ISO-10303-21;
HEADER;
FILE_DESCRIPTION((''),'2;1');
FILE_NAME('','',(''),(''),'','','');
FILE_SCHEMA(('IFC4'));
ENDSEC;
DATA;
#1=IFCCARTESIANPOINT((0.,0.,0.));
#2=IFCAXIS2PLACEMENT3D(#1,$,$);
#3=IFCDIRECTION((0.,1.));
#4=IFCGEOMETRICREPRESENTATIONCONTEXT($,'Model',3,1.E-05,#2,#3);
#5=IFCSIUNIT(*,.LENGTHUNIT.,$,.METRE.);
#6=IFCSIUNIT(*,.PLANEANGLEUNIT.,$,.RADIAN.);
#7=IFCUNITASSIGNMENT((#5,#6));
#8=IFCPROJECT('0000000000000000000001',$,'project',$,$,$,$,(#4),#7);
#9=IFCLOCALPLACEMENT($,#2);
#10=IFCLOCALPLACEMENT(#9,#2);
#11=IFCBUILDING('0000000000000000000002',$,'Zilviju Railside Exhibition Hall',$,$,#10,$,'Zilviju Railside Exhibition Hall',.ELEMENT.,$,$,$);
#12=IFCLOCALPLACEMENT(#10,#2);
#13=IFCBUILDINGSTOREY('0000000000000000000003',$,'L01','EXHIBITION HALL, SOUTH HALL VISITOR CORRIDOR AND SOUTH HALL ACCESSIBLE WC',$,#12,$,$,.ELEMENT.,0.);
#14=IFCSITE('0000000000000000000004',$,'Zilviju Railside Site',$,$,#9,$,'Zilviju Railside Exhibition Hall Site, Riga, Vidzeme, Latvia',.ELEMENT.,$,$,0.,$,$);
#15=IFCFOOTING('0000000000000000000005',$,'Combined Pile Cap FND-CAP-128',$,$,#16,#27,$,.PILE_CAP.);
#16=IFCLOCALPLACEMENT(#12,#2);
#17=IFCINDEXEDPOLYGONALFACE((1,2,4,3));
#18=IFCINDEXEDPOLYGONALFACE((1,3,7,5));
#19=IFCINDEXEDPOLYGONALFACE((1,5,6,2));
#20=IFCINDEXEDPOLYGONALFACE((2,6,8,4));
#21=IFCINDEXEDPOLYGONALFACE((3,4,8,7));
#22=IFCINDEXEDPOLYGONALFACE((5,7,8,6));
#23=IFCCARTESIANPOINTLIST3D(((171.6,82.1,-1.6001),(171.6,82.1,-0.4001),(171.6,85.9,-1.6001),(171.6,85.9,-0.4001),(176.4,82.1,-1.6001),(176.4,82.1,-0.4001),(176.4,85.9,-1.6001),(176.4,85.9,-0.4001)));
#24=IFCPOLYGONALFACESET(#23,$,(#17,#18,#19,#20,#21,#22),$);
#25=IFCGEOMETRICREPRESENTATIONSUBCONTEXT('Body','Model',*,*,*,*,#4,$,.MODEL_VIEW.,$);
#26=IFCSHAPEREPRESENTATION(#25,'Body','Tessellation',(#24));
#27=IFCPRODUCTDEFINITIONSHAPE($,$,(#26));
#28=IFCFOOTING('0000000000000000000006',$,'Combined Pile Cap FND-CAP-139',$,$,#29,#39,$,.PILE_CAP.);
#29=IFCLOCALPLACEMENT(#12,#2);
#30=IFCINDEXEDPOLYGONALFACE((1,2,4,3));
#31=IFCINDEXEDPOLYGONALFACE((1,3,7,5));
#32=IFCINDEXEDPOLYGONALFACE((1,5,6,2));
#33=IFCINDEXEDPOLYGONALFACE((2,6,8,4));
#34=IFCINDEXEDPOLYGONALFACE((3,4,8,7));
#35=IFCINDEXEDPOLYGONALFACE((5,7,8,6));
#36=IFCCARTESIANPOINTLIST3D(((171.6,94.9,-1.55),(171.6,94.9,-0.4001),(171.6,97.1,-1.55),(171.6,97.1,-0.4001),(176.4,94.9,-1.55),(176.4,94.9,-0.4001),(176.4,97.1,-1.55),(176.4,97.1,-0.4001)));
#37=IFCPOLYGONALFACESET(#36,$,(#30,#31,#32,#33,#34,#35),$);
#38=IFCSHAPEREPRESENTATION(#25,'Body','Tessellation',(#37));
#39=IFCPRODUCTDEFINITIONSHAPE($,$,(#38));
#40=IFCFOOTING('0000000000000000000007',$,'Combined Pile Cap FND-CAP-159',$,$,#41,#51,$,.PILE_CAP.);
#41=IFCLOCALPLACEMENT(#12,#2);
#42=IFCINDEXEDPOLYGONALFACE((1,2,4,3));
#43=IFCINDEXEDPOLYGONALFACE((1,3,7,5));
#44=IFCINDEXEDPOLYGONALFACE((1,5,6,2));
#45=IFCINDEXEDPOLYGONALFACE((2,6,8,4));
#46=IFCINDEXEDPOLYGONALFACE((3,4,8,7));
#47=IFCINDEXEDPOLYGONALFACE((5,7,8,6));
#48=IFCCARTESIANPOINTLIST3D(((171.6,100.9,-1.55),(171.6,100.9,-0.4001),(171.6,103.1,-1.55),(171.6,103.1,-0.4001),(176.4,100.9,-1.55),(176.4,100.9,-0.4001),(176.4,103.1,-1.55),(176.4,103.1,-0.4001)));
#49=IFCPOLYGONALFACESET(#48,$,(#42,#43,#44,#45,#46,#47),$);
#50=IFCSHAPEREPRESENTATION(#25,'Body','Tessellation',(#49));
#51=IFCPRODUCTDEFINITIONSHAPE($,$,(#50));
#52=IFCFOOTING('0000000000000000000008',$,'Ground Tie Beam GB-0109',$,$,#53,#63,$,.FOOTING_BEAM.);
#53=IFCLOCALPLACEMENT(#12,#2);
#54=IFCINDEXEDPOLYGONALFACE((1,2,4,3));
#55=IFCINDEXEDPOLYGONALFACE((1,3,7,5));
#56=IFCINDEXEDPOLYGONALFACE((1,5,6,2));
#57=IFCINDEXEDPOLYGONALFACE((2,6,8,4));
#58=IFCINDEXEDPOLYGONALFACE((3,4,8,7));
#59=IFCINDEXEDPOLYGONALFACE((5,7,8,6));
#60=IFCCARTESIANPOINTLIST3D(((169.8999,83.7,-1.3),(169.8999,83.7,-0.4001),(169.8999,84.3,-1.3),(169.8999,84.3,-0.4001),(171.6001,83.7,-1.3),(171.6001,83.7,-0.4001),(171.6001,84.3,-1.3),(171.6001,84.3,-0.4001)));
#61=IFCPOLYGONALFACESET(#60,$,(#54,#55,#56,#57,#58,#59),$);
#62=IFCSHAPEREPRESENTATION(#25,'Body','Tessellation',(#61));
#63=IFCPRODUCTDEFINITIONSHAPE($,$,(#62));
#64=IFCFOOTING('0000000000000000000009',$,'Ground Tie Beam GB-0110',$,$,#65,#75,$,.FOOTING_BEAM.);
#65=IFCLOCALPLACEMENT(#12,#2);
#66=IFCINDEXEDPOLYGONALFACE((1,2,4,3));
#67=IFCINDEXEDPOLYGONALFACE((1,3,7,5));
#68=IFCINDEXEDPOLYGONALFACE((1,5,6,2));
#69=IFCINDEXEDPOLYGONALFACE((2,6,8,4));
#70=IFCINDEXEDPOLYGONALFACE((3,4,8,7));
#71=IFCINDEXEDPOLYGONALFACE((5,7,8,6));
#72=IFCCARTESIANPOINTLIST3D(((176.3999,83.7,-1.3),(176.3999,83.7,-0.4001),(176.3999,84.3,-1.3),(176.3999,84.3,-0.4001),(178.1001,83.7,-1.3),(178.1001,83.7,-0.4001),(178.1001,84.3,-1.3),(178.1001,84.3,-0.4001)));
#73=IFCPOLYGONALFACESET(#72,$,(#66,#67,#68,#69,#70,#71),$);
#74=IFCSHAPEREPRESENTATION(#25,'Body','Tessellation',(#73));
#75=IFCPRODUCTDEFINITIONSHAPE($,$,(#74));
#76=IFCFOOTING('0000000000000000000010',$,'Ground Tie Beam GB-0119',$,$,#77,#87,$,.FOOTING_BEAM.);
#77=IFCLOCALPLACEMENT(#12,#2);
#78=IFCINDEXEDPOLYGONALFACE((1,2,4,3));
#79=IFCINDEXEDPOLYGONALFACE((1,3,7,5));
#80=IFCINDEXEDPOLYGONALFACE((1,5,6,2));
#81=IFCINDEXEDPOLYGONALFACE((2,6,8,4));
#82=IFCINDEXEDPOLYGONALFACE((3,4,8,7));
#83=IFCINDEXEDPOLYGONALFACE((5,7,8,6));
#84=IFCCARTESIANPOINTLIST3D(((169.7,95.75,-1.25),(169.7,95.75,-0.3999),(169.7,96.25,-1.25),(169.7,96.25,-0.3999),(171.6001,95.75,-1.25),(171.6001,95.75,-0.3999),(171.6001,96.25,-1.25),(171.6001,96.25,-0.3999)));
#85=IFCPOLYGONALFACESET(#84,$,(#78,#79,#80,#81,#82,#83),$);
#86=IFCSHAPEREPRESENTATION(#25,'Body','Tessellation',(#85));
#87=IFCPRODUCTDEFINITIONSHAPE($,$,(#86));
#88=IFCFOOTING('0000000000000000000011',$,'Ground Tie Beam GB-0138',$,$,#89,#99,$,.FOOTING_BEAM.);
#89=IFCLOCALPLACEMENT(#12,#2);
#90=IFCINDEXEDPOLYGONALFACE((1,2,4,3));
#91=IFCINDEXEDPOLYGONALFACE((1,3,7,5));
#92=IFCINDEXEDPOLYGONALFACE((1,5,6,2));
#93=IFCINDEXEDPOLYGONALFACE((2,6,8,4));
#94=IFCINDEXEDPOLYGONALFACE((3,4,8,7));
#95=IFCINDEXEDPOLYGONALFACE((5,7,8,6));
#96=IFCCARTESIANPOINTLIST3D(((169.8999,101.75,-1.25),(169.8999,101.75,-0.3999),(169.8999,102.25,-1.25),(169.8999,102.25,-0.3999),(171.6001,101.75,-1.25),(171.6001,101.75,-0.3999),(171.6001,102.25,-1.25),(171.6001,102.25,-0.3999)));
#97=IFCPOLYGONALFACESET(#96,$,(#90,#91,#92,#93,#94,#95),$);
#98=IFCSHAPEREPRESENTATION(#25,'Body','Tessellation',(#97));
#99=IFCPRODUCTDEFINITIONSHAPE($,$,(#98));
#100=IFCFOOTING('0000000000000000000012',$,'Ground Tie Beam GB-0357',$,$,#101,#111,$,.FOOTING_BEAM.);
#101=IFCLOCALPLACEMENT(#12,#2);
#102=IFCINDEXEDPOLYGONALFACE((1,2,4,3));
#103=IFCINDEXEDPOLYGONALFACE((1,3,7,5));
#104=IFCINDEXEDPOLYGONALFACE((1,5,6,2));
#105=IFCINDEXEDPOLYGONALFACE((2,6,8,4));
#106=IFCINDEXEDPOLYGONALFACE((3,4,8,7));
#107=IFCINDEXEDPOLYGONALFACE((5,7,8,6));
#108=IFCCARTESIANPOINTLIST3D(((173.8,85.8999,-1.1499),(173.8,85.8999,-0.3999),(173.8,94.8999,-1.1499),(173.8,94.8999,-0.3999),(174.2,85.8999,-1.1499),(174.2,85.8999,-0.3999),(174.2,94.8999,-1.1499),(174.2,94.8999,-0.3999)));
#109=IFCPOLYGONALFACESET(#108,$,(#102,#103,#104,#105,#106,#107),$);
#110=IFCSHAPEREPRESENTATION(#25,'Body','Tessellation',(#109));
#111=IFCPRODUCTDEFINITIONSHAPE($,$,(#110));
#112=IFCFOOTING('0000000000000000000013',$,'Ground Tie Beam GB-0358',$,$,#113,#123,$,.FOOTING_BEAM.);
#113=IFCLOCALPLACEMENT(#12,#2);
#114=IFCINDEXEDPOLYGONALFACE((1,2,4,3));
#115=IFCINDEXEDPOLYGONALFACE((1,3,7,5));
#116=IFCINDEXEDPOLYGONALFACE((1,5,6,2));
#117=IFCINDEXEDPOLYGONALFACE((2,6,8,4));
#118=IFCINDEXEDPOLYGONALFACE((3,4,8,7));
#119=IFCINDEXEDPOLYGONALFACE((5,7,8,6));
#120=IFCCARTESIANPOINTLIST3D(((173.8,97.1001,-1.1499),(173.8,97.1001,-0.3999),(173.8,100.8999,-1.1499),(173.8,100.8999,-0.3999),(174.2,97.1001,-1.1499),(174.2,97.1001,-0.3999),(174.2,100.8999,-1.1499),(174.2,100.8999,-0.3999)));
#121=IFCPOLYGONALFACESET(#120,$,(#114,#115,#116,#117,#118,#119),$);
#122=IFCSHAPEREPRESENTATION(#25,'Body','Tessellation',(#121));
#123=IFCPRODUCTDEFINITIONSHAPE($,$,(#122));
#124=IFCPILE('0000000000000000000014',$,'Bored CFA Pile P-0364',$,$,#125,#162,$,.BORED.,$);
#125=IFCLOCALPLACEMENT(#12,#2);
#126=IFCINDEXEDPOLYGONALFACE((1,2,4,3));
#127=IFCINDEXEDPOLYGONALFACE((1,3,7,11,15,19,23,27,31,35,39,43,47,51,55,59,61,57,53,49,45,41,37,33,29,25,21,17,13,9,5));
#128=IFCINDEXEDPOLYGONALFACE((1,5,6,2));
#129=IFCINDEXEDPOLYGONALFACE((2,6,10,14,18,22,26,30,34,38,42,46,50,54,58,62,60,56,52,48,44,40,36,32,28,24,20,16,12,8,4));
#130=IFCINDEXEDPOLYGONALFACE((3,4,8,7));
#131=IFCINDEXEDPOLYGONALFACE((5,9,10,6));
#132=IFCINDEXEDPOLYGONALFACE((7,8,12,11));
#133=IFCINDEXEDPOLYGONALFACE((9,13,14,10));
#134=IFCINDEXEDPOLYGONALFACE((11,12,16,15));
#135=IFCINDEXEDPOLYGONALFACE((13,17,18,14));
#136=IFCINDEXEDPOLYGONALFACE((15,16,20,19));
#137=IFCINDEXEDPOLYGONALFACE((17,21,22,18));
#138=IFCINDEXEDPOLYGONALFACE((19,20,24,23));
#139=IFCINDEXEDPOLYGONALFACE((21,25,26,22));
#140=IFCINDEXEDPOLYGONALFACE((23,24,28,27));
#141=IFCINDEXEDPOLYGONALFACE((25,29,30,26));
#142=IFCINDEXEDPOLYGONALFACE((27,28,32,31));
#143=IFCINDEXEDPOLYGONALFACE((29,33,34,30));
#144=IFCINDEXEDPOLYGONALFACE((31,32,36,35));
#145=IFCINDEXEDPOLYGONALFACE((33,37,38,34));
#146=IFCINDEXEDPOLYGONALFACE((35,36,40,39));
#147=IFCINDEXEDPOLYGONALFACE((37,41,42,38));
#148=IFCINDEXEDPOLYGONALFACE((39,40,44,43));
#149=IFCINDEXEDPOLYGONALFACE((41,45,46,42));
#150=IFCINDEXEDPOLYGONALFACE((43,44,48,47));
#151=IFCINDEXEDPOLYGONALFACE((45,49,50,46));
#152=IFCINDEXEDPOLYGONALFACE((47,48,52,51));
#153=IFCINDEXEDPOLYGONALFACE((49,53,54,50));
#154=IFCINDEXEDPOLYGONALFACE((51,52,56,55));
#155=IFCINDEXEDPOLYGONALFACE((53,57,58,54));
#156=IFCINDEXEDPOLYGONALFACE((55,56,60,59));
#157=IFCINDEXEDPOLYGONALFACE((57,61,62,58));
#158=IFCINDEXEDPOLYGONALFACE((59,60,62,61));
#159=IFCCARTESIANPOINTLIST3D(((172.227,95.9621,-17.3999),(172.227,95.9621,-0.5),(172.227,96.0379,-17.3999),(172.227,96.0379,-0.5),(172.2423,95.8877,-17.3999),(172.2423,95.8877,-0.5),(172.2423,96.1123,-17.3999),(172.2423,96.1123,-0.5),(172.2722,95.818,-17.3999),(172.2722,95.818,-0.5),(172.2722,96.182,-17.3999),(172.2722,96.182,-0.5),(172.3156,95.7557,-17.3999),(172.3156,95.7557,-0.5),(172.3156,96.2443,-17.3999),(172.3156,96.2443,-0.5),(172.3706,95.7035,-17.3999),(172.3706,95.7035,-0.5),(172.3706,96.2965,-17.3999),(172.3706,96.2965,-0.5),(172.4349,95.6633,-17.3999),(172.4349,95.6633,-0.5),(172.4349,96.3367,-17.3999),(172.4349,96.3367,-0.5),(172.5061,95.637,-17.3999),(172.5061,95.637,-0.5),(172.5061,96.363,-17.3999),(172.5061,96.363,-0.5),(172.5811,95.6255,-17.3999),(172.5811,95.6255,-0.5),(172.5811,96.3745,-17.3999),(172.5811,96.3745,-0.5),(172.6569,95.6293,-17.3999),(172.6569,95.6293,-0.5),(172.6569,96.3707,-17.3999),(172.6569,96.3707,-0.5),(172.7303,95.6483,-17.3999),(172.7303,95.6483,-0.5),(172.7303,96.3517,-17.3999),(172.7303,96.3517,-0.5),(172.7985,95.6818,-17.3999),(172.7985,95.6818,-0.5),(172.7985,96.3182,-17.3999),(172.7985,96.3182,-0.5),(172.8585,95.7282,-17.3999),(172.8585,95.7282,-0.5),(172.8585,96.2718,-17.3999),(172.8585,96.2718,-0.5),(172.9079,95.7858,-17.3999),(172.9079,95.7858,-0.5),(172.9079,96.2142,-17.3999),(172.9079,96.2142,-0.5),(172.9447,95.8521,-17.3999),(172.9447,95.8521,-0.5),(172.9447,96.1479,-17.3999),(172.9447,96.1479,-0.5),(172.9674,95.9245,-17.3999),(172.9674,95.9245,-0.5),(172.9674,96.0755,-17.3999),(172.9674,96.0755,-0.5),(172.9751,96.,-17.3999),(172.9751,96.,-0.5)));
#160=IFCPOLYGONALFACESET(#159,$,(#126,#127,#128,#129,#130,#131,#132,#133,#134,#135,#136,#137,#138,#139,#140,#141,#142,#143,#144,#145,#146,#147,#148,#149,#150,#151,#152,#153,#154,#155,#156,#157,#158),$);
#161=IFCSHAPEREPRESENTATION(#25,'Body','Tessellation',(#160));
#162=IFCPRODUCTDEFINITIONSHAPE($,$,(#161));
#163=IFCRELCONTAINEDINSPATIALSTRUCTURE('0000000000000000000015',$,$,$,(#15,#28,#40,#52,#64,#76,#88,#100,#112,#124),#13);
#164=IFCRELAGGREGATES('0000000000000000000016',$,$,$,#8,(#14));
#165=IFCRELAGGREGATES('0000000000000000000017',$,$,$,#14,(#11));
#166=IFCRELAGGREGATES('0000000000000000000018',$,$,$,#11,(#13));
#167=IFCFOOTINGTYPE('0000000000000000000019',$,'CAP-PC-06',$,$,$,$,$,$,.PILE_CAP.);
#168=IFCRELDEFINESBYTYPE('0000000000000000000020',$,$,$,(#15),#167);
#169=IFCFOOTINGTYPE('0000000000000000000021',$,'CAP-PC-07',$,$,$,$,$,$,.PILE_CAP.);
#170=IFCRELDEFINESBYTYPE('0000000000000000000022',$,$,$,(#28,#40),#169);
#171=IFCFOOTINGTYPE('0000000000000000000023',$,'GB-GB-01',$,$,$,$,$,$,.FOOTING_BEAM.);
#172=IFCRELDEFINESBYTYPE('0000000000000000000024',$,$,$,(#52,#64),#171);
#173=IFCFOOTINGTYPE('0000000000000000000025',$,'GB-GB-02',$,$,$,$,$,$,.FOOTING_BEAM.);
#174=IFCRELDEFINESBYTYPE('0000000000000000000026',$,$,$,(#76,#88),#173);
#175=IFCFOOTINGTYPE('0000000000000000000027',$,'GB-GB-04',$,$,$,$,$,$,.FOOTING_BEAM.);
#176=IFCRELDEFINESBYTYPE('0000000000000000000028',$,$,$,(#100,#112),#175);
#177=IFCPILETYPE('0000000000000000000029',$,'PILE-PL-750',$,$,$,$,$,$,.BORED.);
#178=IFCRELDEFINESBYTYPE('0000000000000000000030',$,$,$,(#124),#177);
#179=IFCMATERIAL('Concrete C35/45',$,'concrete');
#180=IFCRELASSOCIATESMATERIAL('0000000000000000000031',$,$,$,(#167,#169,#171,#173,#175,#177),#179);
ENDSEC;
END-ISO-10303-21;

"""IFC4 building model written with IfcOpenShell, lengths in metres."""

from ifc_helpers import new_model, si_unit, direction, frame, origin, origin_2d, place, context, subcontext, project, spatial, rectangle, circle, extrude, material, material_profile, profile_set, type_object, element, save


model = new_model("IFC4")

# Units and contexts
model_context = context("Model", 3, precision=1e-05, world=origin(), true_north=direction((0.0, 1.0)))
body_context = subcontext(model_context, "Body", "Model", "MODEL_VIEW")
ifc_project = project(units=[si_unit("LENGTHUNIT", "METRE"), si_unit("PLANEANGLEUNIT", "RADIAN")], contexts=[model_context])

# Site, building, storey
site_placement = place(None, origin())
site = spatial("IfcSite", under=ifc_project, at=site_placement, Name="Zilviju Railside Site", LongName="Zilviju Railside Exhibition Hall Site, Riga, Vidzeme, Latvia", CompositionType="ELEMENT", RefElevation=0.0)
building_placement = place(site_placement, origin())
building = spatial("IfcBuilding", under=site, at=building_placement, Name="Zilviju Railside Exhibition Hall", LongName="Zilviju Railside Exhibition Hall", CompositionType="ELEMENT")
storey_placement = place(building_placement, origin())
storey = spatial("IfcBuildingStorey", under=building, at=storey_placement, Name="L01", Description="EXHIBITION HALL, SOUTH HALL VISITOR CORRIDOR AND SOUTH HALL ACCESSIBLE WC", CompositionType="ELEMENT", Elevation=0.0)

# Footings
ifc_material_1 = material(Name="Concrete C35/45", Category="concrete")
footing_type_1 = type_object("IfcFootingType", Name="CAP-PC-06", PredefinedType="PILE_CAP", material=ifc_material_1)
footing_1_placement = place(storey_placement, frame((174.0, 84.0, -1.6001), z_axis=(0.0, 0.0, 1.0), x_axis=(1.0, 0.0, 0.0)))
element("IfcFooting", 1, at=footing_1_placement, inside=storey, type_object=footing_type_1, Name="Combined Pile Cap FND-CAP-128", PredefinedType="PILE_CAP", context=body_context, shape_type="SweptSolid", body=[
    extrude(rectangle(XDim=4.8, YDim=3.8, at=origin_2d()), origin(), (0.0, 0.0, 1.0), 1.2),
])
footing_type_2 = type_object("IfcFootingType", Name="CAP-PC-07", PredefinedType="PILE_CAP", material=ifc_material_1)
for number, where, z_axis, x_axis, name in (
    (2, (174.0, 96.0, -1.55), (0.0, 0.0, 1.0), (1.0, 0.0, 0.0), "Combined Pile Cap FND-CAP-139"),
    (3, (174.0, 102.0, -1.55), (0.0, 0.0, 1.0), (1.0, 0.0, 0.0), "Combined Pile Cap FND-CAP-159"),
):
    element("IfcFooting", number, at=place(storey_placement, frame(where, z_axis=z_axis, x_axis=x_axis)), inside=storey, type_object=footing_type_2, Name=name, PredefinedType="PILE_CAP", context=body_context, shape_type="SweptSolid", body=[
        extrude(rectangle(XDim=4.8, YDim=2.2, at=origin_2d()), origin(), (0.0, 0.0, 1.0), 1.1499),
    ])
ifc_material_profile_1 = material_profile(ifc_material_1, rectangle(XDim=0.6001, YDim=0.8999, at=origin_2d()), Name="TIE BEAM 600x900")
ifc_profile_set_1 = profile_set([ifc_material_profile_1], Name="Concrete C35/45")
footing_type_3 = type_object("IfcFootingType", Name="GB-GB-01", PredefinedType="FOOTING_BEAM", material=ifc_profile_set_1)
for number, where, z_axis, x_axis, name in (
    (4, (169.8999, 84.0, -0.8501), (1.0, 0.0, 0.0), (0.0, 1.0, 0.0), "Ground Tie Beam GB-0109"),
    (5, (176.3999, 84.0, -0.8501), (1.0, 0.0, 0.0), (0.0, 1.0, 0.0), "Ground Tie Beam GB-0110"),
):
    element("IfcFooting", number, at=place(storey_placement, frame(where, z_axis=z_axis, x_axis=x_axis)), inside=storey, type_object=footing_type_3, Name=name, PredefinedType="FOOTING_BEAM", context=body_context, shape_type="SweptSolid", body=[
        extrude(rectangle(XDim=0.6001, YDim=0.8999, at=origin_2d()), origin(), (0.0, 0.0, 1.0), 1.7002),
    ])
ifc_material_profile_2 = material_profile(ifc_material_1, rectangle(XDim=0.5, YDim=0.8501, at=origin_2d()), Name="TIE BEAM 500x850")
ifc_profile_set_2 = profile_set([ifc_material_profile_2], Name="Concrete C35/45")
footing_type_4 = type_object("IfcFootingType", Name="GB-GB-02", PredefinedType="FOOTING_BEAM", material=ifc_profile_set_2)
footing_2_placement = place(storey_placement, frame((169.7, 96.0, -0.825), z_axis=(1.0, 0.0, 0.0), x_axis=(0.0, 1.0, 0.0)))
element("IfcFooting", 6, at=footing_2_placement, inside=storey, type_object=footing_type_4, Name="Ground Tie Beam GB-0119", PredefinedType="FOOTING_BEAM", context=body_context, shape_type="SweptSolid", body=[
    extrude(rectangle(XDim=0.5, YDim=0.8501, at=origin_2d()), origin(), (0.0, 0.0, 1.0), 1.9001),
])
footing_3_placement = place(storey_placement, frame((169.8999, 102.0, -0.825), z_axis=(1.0, 0.0, 0.0), x_axis=(0.0, 1.0, 0.0)))
element("IfcFooting", 7, at=footing_3_placement, inside=storey, type_object=footing_type_4, Name="Ground Tie Beam GB-0138", PredefinedType="FOOTING_BEAM", context=body_context, shape_type="SweptSolid", body=[
    extrude(rectangle(XDim=0.5, YDim=0.8501, at=origin_2d()), origin(), (0.0, 0.0, 1.0), 1.7002),
])
ifc_material_profile_3 = material_profile(ifc_material_1, rectangle(XDim=0.3999, YDim=0.75, at=origin_2d()), Name="TIE BEAM 400x750")
ifc_profile_set_3 = profile_set([ifc_material_profile_3], Name="Concrete C35/45")
footing_type_5 = type_object("IfcFootingType", Name="GB-GB-04", PredefinedType="FOOTING_BEAM", material=ifc_profile_set_3)
footing_4_placement = place(storey_placement, frame((174.0, 85.8999, -0.7749), z_axis=(0.0, 1.0, 0.0), x_axis=(-1.0, 0.0, 0.0)))
element("IfcFooting", 8, at=footing_4_placement, inside=storey, type_object=footing_type_5, Name="Ground Tie Beam GB-0357", PredefinedType="FOOTING_BEAM", context=body_context, shape_type="SweptSolid", body=[
    extrude(rectangle(XDim=0.3999, YDim=0.75, at=origin_2d()), origin(), (0.0, 0.0, 1.0), 9.0),
])
footing_5_placement = place(storey_placement, frame((174.0, 97.1001, -0.7749), z_axis=(0.0, 1.0, 0.0), x_axis=(-1.0, 0.0, 0.0)))
element("IfcFooting", 9, at=footing_5_placement, inside=storey, type_object=footing_type_5, Name="Ground Tie Beam GB-0358", PredefinedType="FOOTING_BEAM", context=body_context, shape_type="SweptSolid", body=[
    extrude(rectangle(XDim=0.3999, YDim=0.75, at=origin_2d()), origin(), (0.0, 0.0, 1.0), 3.7998),
])

# Pile
ifc_material_profile_4 = material_profile(ifc_material_1, circle(Radius=0.375, at=origin_2d()), Name="CFA PILE D750")
ifc_profile_set_4 = profile_set([ifc_material_profile_4], Name="Concrete C35/45")
pile_type_1 = type_object("IfcPileType", Name="PILE-PL-750", PredefinedType="BORED", material=ifc_profile_set_4)
for number, where, z_axis, x_axis, name in (
    (10, (172.6001, 96.0, -0.5), (0.0, 0.0, -1.0), (1.0, 0.0, 0.0), "Bored CFA Pile P-0364"),
):
    element("IfcPile", number, at=place(storey_placement, frame(where, z_axis=z_axis, x_axis=x_axis)), inside=storey, type_object=pile_type_1, Name=name, PredefinedType="BORED", context=body_context, shape_type="SweptSolid", body=[
        extrude(circle(Radius=0.375, at=origin_2d()), origin(), (0.0, 0.0, 1.0), 16.8999),
    ])

save(model, "model.ifc")
